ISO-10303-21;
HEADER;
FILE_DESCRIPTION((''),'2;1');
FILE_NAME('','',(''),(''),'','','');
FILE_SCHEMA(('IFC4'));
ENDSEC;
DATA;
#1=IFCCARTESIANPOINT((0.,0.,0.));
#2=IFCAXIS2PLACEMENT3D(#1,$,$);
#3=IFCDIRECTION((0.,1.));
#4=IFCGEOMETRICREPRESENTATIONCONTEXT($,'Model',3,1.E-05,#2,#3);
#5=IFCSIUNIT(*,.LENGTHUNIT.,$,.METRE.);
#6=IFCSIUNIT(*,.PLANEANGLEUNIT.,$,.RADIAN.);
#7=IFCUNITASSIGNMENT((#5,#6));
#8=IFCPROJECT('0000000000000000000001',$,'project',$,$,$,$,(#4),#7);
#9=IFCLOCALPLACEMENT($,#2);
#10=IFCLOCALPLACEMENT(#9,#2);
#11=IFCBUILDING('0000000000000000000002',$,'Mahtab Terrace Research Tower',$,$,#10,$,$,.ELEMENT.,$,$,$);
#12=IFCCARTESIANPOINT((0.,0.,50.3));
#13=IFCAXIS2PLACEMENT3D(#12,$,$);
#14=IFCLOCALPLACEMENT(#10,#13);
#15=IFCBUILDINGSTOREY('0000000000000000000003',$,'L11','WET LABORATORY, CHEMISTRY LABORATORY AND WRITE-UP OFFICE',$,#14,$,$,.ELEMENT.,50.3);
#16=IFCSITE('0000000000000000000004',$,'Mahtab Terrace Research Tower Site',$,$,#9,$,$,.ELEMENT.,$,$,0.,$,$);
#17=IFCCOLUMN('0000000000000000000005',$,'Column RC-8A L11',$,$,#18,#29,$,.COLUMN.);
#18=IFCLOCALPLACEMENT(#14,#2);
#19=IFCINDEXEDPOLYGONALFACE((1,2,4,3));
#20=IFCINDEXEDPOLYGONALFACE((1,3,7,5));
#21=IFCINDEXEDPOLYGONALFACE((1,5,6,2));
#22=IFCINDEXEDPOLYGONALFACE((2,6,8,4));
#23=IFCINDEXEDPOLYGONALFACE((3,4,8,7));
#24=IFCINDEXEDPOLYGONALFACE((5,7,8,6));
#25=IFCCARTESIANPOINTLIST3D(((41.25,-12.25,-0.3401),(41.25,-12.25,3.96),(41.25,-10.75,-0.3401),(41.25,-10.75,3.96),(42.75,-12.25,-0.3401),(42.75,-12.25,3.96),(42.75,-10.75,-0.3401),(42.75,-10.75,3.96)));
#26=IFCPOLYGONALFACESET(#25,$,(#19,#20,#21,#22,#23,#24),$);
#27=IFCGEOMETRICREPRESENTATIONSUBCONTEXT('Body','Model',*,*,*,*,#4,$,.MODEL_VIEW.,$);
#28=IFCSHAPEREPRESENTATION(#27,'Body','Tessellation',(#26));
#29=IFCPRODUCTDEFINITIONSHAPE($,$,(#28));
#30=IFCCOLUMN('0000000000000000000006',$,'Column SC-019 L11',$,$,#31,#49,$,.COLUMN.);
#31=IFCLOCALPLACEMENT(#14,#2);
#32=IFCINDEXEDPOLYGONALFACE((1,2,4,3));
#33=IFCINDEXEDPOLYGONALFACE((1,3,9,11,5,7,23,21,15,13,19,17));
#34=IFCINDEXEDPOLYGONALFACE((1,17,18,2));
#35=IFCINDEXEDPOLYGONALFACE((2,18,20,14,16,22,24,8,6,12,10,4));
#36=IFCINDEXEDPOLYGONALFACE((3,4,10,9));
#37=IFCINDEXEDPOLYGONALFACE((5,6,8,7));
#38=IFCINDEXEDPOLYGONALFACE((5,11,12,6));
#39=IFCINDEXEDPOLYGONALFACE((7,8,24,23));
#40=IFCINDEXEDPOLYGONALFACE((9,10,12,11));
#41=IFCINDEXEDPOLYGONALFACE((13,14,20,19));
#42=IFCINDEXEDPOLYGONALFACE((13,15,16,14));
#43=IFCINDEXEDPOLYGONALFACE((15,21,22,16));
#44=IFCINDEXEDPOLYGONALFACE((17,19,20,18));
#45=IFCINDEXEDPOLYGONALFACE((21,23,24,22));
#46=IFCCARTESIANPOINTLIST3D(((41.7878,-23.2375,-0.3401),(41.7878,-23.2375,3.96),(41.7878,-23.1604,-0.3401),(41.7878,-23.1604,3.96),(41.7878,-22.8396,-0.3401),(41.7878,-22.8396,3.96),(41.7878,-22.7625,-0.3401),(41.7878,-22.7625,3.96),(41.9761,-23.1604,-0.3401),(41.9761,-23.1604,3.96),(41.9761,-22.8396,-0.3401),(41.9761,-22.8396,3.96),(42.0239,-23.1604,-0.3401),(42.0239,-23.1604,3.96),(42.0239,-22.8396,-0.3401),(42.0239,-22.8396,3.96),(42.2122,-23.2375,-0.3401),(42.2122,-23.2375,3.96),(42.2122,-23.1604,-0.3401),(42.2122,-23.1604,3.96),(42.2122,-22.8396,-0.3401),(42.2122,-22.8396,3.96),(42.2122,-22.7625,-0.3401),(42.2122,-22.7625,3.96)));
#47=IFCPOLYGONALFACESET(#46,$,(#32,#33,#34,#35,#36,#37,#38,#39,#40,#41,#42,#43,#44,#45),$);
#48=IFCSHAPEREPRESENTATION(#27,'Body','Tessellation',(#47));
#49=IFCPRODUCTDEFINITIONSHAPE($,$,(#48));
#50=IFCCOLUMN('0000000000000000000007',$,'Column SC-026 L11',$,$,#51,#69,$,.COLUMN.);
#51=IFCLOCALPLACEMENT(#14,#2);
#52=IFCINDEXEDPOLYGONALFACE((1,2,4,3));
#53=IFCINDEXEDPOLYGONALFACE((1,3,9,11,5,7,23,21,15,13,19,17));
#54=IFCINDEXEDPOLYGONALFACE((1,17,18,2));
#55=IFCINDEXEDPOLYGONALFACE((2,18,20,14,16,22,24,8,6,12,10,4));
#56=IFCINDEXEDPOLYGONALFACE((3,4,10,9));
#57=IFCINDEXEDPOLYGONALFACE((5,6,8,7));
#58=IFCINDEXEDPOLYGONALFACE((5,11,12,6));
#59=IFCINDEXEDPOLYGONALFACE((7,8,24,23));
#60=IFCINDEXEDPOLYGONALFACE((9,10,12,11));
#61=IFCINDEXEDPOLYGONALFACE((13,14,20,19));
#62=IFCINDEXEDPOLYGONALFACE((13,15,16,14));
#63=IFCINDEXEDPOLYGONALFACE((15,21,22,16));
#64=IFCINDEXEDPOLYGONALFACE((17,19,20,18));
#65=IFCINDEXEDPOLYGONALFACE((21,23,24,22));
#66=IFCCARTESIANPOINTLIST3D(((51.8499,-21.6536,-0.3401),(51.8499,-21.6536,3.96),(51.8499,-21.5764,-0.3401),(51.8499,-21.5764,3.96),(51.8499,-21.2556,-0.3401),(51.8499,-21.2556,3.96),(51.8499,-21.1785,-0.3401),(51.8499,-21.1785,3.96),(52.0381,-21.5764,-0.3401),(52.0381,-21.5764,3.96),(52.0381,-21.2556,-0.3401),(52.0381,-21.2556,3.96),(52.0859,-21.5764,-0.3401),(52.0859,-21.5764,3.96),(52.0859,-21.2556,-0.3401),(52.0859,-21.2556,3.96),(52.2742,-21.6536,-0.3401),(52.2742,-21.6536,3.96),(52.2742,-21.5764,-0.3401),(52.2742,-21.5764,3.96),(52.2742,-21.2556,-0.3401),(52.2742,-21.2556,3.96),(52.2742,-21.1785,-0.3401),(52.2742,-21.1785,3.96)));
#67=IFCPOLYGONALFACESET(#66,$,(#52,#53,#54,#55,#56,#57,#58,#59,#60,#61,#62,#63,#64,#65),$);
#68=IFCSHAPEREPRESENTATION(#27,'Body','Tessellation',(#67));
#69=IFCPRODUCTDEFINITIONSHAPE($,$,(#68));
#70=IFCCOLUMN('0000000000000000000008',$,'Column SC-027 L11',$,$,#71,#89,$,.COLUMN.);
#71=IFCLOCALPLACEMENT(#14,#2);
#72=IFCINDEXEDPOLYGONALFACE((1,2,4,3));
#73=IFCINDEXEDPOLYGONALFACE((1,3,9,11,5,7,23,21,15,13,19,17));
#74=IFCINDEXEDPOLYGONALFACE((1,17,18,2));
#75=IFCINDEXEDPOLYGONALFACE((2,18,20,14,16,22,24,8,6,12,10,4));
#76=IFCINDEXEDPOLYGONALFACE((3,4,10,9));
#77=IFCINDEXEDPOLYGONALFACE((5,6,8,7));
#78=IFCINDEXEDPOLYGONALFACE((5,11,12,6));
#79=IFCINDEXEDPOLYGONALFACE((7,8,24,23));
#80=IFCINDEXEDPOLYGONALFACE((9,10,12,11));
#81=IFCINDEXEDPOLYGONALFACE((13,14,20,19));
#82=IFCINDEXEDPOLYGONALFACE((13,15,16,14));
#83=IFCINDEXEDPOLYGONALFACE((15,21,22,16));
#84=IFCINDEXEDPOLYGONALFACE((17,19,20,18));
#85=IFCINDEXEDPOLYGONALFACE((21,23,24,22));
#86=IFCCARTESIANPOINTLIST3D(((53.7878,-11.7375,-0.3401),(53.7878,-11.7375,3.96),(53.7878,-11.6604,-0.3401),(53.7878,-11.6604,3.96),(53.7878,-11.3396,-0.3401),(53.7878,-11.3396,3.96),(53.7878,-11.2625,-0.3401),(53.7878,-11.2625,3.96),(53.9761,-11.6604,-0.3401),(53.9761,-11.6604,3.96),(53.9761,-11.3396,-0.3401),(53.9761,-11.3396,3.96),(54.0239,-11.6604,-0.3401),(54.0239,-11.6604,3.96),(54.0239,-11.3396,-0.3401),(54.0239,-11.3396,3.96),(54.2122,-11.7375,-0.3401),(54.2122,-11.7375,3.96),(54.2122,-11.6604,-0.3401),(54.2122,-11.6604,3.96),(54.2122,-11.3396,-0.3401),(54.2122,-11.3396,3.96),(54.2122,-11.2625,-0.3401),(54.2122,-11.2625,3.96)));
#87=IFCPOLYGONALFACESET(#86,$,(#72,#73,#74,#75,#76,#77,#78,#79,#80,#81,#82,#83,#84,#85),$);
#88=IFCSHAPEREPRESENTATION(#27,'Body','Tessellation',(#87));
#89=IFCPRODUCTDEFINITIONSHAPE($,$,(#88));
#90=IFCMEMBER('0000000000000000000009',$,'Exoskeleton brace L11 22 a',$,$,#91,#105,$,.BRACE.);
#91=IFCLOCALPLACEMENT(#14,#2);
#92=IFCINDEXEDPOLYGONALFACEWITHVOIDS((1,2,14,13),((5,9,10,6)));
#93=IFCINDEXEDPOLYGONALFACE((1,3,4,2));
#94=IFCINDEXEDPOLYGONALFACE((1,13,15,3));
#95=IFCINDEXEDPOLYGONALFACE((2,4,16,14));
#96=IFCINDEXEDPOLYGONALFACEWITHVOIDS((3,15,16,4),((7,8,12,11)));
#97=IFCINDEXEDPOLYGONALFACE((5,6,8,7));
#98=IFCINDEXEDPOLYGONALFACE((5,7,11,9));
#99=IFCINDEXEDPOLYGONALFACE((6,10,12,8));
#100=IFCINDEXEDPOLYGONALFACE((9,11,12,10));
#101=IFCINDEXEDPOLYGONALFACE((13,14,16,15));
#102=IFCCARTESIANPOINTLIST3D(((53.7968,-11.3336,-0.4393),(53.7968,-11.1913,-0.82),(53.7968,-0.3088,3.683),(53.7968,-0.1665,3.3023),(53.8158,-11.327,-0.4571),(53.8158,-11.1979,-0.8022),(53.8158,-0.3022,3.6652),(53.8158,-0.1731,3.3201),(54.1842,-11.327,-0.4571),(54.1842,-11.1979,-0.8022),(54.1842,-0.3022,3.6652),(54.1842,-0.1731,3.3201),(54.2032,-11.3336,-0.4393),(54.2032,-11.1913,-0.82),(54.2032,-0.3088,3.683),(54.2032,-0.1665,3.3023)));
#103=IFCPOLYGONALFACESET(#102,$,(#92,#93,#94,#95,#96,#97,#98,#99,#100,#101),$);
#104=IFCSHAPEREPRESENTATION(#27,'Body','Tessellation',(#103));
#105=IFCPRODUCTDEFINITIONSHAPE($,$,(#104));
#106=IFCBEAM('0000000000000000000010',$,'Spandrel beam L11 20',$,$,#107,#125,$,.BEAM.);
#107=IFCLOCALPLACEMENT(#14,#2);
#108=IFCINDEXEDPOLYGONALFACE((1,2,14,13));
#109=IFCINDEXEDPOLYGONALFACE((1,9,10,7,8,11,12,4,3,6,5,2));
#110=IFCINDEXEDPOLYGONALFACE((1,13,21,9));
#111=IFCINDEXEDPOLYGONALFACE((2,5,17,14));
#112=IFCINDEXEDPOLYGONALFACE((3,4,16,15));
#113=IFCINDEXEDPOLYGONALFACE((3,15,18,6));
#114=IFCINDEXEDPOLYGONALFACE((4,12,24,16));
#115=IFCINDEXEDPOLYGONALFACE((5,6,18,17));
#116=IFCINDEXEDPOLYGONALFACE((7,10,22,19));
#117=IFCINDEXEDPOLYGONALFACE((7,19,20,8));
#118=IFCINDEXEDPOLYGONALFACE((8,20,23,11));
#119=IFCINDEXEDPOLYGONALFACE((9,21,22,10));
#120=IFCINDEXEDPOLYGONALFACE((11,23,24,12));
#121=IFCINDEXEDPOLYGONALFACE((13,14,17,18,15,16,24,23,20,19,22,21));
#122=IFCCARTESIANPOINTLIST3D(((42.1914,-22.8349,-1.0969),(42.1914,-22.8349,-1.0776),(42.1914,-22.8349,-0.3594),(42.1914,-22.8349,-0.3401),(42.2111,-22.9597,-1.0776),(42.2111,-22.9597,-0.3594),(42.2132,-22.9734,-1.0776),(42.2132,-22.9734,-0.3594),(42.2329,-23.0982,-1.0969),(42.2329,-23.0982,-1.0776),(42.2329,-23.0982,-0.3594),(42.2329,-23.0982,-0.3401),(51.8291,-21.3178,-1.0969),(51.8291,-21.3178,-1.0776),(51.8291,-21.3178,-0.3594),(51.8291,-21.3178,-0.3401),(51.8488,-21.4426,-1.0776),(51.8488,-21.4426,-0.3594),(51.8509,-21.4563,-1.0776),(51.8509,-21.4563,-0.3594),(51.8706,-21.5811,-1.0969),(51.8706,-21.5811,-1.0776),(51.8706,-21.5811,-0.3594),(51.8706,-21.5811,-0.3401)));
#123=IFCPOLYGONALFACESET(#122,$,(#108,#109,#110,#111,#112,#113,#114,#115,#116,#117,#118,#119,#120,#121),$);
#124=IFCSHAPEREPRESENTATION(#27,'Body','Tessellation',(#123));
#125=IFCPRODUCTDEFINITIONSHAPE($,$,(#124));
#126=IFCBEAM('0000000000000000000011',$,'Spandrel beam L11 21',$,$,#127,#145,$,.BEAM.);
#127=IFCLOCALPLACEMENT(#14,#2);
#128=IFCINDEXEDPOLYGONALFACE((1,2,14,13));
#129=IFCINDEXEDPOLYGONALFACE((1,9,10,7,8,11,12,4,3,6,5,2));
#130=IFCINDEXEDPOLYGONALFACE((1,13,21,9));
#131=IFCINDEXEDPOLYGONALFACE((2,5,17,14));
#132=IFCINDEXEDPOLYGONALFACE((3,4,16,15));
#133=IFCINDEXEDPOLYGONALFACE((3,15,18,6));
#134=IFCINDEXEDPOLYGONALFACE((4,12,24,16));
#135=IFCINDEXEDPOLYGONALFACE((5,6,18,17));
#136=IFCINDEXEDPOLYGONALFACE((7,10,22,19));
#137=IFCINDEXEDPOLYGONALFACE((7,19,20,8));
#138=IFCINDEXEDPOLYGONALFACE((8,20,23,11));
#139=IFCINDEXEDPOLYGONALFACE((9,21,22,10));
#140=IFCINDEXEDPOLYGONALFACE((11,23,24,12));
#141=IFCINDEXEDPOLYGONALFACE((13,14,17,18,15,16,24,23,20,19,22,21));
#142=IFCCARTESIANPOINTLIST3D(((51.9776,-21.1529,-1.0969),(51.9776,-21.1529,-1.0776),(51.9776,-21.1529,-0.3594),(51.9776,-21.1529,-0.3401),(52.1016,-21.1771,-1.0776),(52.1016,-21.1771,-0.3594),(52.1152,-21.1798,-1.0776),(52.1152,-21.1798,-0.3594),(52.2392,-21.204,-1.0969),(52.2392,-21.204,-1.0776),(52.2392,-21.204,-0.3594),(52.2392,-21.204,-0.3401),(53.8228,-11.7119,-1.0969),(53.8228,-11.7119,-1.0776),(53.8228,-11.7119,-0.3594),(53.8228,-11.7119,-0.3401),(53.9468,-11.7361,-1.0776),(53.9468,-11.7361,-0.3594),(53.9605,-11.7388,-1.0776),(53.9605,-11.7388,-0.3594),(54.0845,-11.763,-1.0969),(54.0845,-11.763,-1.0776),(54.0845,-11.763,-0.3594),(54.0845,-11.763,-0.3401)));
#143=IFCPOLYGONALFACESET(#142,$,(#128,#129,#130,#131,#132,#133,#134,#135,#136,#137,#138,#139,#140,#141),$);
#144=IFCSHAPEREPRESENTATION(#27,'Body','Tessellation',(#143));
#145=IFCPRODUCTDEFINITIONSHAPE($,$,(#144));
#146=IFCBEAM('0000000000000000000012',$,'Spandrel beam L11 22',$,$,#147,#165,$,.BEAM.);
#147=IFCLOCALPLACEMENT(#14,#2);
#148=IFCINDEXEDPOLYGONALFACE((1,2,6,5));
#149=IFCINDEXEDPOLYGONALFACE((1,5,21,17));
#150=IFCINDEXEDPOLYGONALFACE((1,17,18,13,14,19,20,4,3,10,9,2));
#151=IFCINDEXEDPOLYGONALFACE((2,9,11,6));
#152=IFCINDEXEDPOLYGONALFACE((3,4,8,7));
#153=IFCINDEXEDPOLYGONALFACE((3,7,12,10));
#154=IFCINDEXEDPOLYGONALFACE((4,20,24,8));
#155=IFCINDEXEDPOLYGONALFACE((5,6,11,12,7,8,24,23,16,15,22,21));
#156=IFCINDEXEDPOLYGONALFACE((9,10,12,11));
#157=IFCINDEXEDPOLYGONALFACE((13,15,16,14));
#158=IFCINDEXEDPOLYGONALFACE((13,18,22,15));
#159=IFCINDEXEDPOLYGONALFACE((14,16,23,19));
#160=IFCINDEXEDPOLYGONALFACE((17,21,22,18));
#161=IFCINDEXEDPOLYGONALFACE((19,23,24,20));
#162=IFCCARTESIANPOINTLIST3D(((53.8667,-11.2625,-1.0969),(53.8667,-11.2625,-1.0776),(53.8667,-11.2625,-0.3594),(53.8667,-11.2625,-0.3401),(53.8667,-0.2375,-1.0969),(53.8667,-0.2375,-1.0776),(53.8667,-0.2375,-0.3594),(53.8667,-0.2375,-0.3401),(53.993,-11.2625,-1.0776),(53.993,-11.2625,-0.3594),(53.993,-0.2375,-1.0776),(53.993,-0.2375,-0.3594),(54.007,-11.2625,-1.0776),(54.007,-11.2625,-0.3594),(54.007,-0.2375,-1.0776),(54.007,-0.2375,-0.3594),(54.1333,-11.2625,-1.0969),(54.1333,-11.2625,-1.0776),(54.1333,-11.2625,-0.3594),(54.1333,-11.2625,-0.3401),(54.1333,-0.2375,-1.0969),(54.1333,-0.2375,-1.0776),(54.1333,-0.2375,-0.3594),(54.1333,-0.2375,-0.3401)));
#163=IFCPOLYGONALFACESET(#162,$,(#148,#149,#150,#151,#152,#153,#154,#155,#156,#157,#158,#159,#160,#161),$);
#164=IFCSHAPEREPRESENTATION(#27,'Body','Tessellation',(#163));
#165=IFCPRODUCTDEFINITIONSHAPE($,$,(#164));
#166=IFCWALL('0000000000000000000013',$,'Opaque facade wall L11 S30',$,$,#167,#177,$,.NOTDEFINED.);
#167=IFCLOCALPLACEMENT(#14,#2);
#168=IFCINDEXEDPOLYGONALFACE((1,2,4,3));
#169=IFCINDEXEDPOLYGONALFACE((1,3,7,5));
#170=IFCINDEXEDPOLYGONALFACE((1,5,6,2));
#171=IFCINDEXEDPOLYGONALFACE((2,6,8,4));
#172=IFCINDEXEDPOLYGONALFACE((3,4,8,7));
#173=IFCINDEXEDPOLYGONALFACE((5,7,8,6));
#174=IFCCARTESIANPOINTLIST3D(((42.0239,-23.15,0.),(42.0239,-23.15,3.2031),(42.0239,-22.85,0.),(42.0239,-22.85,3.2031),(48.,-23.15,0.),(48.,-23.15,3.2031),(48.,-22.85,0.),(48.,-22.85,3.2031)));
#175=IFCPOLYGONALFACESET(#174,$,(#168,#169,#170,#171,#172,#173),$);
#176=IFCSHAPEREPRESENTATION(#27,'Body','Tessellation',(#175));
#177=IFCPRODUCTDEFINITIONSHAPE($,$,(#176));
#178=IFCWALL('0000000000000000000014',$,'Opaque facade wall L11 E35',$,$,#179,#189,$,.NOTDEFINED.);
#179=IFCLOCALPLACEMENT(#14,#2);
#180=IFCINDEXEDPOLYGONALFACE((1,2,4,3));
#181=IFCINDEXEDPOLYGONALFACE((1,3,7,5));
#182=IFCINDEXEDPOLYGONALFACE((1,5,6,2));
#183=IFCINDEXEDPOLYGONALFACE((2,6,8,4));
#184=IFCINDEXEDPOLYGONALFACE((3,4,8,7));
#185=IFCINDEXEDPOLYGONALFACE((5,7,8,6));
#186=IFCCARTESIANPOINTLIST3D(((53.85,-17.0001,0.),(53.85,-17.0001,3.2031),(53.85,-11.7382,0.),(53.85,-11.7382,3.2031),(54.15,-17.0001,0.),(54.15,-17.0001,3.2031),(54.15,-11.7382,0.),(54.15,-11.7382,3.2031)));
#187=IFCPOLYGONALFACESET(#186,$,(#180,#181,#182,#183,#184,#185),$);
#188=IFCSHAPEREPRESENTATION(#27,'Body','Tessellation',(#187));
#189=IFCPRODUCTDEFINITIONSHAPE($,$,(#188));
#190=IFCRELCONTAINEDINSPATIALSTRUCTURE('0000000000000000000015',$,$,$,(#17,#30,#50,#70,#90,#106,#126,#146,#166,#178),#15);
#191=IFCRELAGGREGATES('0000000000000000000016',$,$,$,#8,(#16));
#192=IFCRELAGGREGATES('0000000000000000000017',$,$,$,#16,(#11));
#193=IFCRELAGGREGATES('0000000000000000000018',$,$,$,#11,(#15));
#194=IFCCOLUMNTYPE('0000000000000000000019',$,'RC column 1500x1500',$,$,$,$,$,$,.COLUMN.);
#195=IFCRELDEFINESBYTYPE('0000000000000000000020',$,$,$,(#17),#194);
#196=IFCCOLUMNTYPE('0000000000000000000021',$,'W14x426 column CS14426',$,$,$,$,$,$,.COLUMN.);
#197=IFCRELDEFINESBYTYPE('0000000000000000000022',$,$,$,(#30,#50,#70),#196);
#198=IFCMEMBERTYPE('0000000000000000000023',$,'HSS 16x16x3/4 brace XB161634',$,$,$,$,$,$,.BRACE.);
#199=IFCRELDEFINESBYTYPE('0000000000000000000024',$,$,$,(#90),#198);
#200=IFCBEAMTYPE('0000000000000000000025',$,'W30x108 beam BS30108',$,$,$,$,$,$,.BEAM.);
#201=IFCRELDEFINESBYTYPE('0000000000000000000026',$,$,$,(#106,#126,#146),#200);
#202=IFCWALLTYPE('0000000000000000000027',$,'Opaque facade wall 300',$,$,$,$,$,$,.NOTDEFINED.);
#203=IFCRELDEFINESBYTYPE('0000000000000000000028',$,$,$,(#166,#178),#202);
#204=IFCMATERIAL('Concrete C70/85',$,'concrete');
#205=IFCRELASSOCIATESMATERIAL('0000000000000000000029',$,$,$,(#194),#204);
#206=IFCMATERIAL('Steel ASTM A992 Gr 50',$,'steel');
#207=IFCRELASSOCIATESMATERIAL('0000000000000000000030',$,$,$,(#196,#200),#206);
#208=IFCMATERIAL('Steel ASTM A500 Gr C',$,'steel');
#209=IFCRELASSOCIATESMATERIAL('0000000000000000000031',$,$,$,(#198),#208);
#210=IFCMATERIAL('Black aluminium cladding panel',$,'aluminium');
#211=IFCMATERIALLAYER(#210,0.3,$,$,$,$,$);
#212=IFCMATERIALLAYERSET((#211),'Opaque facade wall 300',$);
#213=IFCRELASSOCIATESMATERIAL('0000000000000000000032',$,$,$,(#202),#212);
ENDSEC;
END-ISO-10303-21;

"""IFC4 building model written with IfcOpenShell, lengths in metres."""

from ifc_helpers import new_model, si_unit, direction, frame, frame_2d, origin, origin_2d, place, context, subcontext, project, spatial, rectangle, hollow_rectangle, i_section, extrude, material, layer, layer_set, material_profile, profile_set, type_object, element, save


model = new_model("IFC4")

# Units and contexts
model_context = context("Model", 3, precision=1e-05, world=origin(), true_north=direction((0.0, 1.0)))
body_context = subcontext(model_context, "Body", "Model", "MODEL_VIEW")
ifc_project = project(units=[si_unit("LENGTHUNIT", "METRE"), si_unit("PLANEANGLEUNIT", "RADIAN")], contexts=[model_context])

# Site, building, storey
site_placement = place(None, origin())
site = spatial("IfcSite", under=ifc_project, at=site_placement, Name="Mahtab Terrace Research Tower Site", CompositionType="ELEMENT", RefElevation=0.0)
building_placement = place(site_placement, origin())
building = spatial("IfcBuilding", under=site, at=building_placement, Name="Mahtab Terrace Research Tower", CompositionType="ELEMENT")
storey_placement = place(building_placement, frame((0.0, 0.0, 50.3)))
storey = spatial("IfcBuildingStorey", under=building, at=storey_placement, Name="L11", Description="WET LABORATORY, CHEMISTRY LABORATORY AND WRITE-UP OFFICE", CompositionType="ELEMENT", Elevation=50.3)

# Columns
ifc_material_1 = material(Name="Concrete C70/85", Category="concrete")
ifc_material_profile_1 = material_profile(ifc_material_1, rectangle(XDim=1.5, YDim=1.5, at=origin_2d()), Name="RC column 1500x1500")
ifc_profile_set_1 = profile_set([ifc_material_profile_1], Name="Concrete C70/85")
column_type_1 = type_object("IfcColumnType", Name="RC column 1500x1500", PredefinedType="COLUMN", material=ifc_profile_set_1)
column_placement = place(storey_placement, frame((42.0, -11.5, -0.3401), z_axis=(0.0, 0.0, 1.0), x_axis=(1.0, 0.0, 0.0)))
element("IfcColumn", 1, at=column_placement, inside=storey, type_object=column_type_1, Name="Column RC-8A L11", PredefinedType="COLUMN", context=body_context, shape_type="SweptSolid", body=[
    extrude(rectangle(XDim=1.5, YDim=1.5, at=origin_2d()), origin(), (0.0, 0.0, 1.0), 4.3),
])
ifc_material_2 = material(Name="Steel ASTM A992 Gr 50", Category="steel")
ifc_material_profile_2 = material_profile(ifc_material_2, i_section(OverallWidth=0.4243, OverallDepth=0.4751, WebThickness=0.0479, FlangeThickness=0.0771, at=origin_2d()), Name="W14X426")
ifc_profile_set_2 = profile_set([ifc_material_profile_2], Name="Steel ASTM A992 Gr 50")
column_type_2 = type_object("IfcColumnType", Name="W14x426 column CS14426", PredefinedType="COLUMN", material=ifc_profile_set_2)
for number, where, z_axis, x_axis, name in (
    (2, (42.0, -23.0, -0.3401), (0.0, 0.0, 1.0), (1.0, 0.0, 0.0), "Column SC-019 L11"),
    (3, (52.062, -21.416, -0.3401), (0.0, 0.0, 1.0), (1.0, 0.0, 0.0), "Column SC-026 L11"),
    (4, (54.0, -11.5, -0.3401), (0.0, 0.0, 1.0), (1.0, 0.0, 0.0), "Column SC-027 L11"),
):
    element("IfcColumn", number, at=place(storey_placement, frame(where, z_axis=z_axis, x_axis=x_axis)), inside=storey, type_object=column_type_2, Name=name, PredefinedType="COLUMN", context=body_context, shape_type="SweptSolid", body=[
        extrude(i_section(OverallWidth=0.4243, OverallDepth=0.4751, WebThickness=0.0479, FlangeThickness=0.0771, at=origin_2d()), origin(), (0.0, 0.0, 1.0), 4.3),
    ])

# Member
ifc_material_3 = material(Name="Steel ASTM A500 Gr C", Category="steel")
ifc_material_profile_3 = material_profile(ifc_material_3, hollow_rectangle(XDim=0.4065, YDim=0.4065, WallThickness=0.019, at=origin_2d()), Name="HSS16X16X3/4")
ifc_profile_set_3 = profile_set([ifc_material_profile_3], Name="Steel ASTM A500 Gr C")
member_type = type_object("IfcMemberType", Name="HSS 16x16x3/4 brace XB161634", PredefinedType="BRACE", material=ifc_profile_set_3)
member_placement = place(storey_placement, frame((54.0, -11.2625, -0.6296), z_axis=(0.0, 0.936665, 0.350228), x_axis=(-1.0, 0.0, 0.0)))
element("IfcMember", 5, at=member_placement, inside=storey, type_object=member_type, Name="Exoskeleton brace L11 22 a", PredefinedType="BRACE", context=body_context, shape_type="SweptSolid", body=[
    extrude(hollow_rectangle(XDim=0.4065, YDim=0.4065, WallThickness=0.019, at=origin_2d()), origin(), (0.0, 0.0, 1.0), 11.7703),
])

# Beams
ifc_material_profile_4 = material_profile(ifc_material_2, i_section(OverallWidth=0.2666, OverallDepth=0.7568, WebThickness=0.0139, FlangeThickness=0.0193, at=origin_2d()), Name="W30X108")
ifc_profile_set_4 = profile_set([ifc_material_profile_4], Name="Steel ASTM A992 Gr 50")
beam_type = type_object("IfcBeamType", Name="W30x108 beam BS30108", PredefinedType="BEAM", material=ifc_profile_set_4)
beam_1_placement = place(storey_placement, frame((42.2122, -22.9666, -0.7185), z_axis=(0.987836, 0.155497, 0.0), x_axis=(-0.155497, 0.987836, 0.0)))
element("IfcBeam", 6, at=beam_1_placement, inside=storey, type_object=beam_type, Name="Spandrel beam L11 20", PredefinedType="BEAM", context=body_context, shape_type="SweptSolid", body=[
    extrude(i_section(OverallWidth=0.2666, OverallDepth=0.7568, WebThickness=0.0139, FlangeThickness=0.0193, at=origin_2d()), origin(), (0.0, 0.0, 1.0), 9.7563),
])
beam_2_placement = place(storey_placement, frame((52.1084, -21.1785, -0.7185), z_axis=(0.191819, 0.98143, 0.0), x_axis=(-0.98143, 0.191819, 0.0)))
element("IfcBeam", 7, at=beam_2_placement, inside=storey, type_object=beam_type, Name="Spandrel beam L11 21", PredefinedType="BEAM", context=body_context, shape_type="SweptSolid", body=[
    extrude(i_section(OverallWidth=0.2666, OverallDepth=0.7568, WebThickness=0.0139, FlangeThickness=0.0193, at=origin_2d()), origin(), (0.0, 0.0, 1.0), 9.6196),
])
beam_3_placement = place(storey_placement, frame((54.0, -11.2625, -0.7185), z_axis=(0.0, 1.0, 0.0), x_axis=(-1.0, 0.0, 0.0)))
element("IfcBeam", 8, at=beam_3_placement, inside=storey, type_object=beam_type, Name="Spandrel beam L11 22", PredefinedType="BEAM", context=body_context, shape_type="SweptSolid", body=[
    extrude(i_section(OverallWidth=0.2666, OverallDepth=0.7568, WebThickness=0.0139, FlangeThickness=0.0193, at=origin_2d()), origin(), (0.0, 0.0, 1.0), 11.0249),
])

# Walls
ifc_material_4 = material(Name="Black aluminium cladding panel", Category="aluminium")
ifc_layer_1 = layer(ifc_material_4, 0.3)
ifc_layer_set_1 = layer_set([ifc_layer_1], Name="Opaque facade wall 300")
wall_type_1 = type_object("IfcWallType", Name="Opaque facade wall 300", PredefinedType="NOTDEFINED", material=ifc_layer_set_1)
wall_1_placement = place(storey_placement, frame((42.0239, -23.0, 0.0), z_axis=(0.0, 0.0, 1.0), x_axis=(1.0, 0.0, 0.0)))
element("IfcWall", 9, at=wall_1_placement, inside=storey, type_object=wall_type_1, Name="Opaque facade wall L11 S30", PredefinedType="NOTDEFINED", context=body_context, shape_type="SweptSolid", body=[
    extrude(rectangle(XDim=5.9761, YDim=0.3, at=frame_2d((2.988, 0.0))), origin(), (0.0, 0.0, 1.0), 3.2031),
])
wall_2_placement = place(storey_placement, frame((54.0, -17.0, 0.0), z_axis=(0.0, 0.0, 1.0), x_axis=(0.0, 1.0, 0.0)))
element("IfcWall", 10, at=wall_2_placement, inside=storey, type_object=wall_type_1, Name="Opaque facade wall L11 E35", PredefinedType="NOTDEFINED", context=body_context, shape_type="SweptSolid", body=[
    extrude(rectangle(XDim=5.262, YDim=0.3, at=frame_2d((2.6309, 0.0))), origin(), (0.0, 0.0, 1.0), 3.2031),
])

save(model, "model.ifc")
